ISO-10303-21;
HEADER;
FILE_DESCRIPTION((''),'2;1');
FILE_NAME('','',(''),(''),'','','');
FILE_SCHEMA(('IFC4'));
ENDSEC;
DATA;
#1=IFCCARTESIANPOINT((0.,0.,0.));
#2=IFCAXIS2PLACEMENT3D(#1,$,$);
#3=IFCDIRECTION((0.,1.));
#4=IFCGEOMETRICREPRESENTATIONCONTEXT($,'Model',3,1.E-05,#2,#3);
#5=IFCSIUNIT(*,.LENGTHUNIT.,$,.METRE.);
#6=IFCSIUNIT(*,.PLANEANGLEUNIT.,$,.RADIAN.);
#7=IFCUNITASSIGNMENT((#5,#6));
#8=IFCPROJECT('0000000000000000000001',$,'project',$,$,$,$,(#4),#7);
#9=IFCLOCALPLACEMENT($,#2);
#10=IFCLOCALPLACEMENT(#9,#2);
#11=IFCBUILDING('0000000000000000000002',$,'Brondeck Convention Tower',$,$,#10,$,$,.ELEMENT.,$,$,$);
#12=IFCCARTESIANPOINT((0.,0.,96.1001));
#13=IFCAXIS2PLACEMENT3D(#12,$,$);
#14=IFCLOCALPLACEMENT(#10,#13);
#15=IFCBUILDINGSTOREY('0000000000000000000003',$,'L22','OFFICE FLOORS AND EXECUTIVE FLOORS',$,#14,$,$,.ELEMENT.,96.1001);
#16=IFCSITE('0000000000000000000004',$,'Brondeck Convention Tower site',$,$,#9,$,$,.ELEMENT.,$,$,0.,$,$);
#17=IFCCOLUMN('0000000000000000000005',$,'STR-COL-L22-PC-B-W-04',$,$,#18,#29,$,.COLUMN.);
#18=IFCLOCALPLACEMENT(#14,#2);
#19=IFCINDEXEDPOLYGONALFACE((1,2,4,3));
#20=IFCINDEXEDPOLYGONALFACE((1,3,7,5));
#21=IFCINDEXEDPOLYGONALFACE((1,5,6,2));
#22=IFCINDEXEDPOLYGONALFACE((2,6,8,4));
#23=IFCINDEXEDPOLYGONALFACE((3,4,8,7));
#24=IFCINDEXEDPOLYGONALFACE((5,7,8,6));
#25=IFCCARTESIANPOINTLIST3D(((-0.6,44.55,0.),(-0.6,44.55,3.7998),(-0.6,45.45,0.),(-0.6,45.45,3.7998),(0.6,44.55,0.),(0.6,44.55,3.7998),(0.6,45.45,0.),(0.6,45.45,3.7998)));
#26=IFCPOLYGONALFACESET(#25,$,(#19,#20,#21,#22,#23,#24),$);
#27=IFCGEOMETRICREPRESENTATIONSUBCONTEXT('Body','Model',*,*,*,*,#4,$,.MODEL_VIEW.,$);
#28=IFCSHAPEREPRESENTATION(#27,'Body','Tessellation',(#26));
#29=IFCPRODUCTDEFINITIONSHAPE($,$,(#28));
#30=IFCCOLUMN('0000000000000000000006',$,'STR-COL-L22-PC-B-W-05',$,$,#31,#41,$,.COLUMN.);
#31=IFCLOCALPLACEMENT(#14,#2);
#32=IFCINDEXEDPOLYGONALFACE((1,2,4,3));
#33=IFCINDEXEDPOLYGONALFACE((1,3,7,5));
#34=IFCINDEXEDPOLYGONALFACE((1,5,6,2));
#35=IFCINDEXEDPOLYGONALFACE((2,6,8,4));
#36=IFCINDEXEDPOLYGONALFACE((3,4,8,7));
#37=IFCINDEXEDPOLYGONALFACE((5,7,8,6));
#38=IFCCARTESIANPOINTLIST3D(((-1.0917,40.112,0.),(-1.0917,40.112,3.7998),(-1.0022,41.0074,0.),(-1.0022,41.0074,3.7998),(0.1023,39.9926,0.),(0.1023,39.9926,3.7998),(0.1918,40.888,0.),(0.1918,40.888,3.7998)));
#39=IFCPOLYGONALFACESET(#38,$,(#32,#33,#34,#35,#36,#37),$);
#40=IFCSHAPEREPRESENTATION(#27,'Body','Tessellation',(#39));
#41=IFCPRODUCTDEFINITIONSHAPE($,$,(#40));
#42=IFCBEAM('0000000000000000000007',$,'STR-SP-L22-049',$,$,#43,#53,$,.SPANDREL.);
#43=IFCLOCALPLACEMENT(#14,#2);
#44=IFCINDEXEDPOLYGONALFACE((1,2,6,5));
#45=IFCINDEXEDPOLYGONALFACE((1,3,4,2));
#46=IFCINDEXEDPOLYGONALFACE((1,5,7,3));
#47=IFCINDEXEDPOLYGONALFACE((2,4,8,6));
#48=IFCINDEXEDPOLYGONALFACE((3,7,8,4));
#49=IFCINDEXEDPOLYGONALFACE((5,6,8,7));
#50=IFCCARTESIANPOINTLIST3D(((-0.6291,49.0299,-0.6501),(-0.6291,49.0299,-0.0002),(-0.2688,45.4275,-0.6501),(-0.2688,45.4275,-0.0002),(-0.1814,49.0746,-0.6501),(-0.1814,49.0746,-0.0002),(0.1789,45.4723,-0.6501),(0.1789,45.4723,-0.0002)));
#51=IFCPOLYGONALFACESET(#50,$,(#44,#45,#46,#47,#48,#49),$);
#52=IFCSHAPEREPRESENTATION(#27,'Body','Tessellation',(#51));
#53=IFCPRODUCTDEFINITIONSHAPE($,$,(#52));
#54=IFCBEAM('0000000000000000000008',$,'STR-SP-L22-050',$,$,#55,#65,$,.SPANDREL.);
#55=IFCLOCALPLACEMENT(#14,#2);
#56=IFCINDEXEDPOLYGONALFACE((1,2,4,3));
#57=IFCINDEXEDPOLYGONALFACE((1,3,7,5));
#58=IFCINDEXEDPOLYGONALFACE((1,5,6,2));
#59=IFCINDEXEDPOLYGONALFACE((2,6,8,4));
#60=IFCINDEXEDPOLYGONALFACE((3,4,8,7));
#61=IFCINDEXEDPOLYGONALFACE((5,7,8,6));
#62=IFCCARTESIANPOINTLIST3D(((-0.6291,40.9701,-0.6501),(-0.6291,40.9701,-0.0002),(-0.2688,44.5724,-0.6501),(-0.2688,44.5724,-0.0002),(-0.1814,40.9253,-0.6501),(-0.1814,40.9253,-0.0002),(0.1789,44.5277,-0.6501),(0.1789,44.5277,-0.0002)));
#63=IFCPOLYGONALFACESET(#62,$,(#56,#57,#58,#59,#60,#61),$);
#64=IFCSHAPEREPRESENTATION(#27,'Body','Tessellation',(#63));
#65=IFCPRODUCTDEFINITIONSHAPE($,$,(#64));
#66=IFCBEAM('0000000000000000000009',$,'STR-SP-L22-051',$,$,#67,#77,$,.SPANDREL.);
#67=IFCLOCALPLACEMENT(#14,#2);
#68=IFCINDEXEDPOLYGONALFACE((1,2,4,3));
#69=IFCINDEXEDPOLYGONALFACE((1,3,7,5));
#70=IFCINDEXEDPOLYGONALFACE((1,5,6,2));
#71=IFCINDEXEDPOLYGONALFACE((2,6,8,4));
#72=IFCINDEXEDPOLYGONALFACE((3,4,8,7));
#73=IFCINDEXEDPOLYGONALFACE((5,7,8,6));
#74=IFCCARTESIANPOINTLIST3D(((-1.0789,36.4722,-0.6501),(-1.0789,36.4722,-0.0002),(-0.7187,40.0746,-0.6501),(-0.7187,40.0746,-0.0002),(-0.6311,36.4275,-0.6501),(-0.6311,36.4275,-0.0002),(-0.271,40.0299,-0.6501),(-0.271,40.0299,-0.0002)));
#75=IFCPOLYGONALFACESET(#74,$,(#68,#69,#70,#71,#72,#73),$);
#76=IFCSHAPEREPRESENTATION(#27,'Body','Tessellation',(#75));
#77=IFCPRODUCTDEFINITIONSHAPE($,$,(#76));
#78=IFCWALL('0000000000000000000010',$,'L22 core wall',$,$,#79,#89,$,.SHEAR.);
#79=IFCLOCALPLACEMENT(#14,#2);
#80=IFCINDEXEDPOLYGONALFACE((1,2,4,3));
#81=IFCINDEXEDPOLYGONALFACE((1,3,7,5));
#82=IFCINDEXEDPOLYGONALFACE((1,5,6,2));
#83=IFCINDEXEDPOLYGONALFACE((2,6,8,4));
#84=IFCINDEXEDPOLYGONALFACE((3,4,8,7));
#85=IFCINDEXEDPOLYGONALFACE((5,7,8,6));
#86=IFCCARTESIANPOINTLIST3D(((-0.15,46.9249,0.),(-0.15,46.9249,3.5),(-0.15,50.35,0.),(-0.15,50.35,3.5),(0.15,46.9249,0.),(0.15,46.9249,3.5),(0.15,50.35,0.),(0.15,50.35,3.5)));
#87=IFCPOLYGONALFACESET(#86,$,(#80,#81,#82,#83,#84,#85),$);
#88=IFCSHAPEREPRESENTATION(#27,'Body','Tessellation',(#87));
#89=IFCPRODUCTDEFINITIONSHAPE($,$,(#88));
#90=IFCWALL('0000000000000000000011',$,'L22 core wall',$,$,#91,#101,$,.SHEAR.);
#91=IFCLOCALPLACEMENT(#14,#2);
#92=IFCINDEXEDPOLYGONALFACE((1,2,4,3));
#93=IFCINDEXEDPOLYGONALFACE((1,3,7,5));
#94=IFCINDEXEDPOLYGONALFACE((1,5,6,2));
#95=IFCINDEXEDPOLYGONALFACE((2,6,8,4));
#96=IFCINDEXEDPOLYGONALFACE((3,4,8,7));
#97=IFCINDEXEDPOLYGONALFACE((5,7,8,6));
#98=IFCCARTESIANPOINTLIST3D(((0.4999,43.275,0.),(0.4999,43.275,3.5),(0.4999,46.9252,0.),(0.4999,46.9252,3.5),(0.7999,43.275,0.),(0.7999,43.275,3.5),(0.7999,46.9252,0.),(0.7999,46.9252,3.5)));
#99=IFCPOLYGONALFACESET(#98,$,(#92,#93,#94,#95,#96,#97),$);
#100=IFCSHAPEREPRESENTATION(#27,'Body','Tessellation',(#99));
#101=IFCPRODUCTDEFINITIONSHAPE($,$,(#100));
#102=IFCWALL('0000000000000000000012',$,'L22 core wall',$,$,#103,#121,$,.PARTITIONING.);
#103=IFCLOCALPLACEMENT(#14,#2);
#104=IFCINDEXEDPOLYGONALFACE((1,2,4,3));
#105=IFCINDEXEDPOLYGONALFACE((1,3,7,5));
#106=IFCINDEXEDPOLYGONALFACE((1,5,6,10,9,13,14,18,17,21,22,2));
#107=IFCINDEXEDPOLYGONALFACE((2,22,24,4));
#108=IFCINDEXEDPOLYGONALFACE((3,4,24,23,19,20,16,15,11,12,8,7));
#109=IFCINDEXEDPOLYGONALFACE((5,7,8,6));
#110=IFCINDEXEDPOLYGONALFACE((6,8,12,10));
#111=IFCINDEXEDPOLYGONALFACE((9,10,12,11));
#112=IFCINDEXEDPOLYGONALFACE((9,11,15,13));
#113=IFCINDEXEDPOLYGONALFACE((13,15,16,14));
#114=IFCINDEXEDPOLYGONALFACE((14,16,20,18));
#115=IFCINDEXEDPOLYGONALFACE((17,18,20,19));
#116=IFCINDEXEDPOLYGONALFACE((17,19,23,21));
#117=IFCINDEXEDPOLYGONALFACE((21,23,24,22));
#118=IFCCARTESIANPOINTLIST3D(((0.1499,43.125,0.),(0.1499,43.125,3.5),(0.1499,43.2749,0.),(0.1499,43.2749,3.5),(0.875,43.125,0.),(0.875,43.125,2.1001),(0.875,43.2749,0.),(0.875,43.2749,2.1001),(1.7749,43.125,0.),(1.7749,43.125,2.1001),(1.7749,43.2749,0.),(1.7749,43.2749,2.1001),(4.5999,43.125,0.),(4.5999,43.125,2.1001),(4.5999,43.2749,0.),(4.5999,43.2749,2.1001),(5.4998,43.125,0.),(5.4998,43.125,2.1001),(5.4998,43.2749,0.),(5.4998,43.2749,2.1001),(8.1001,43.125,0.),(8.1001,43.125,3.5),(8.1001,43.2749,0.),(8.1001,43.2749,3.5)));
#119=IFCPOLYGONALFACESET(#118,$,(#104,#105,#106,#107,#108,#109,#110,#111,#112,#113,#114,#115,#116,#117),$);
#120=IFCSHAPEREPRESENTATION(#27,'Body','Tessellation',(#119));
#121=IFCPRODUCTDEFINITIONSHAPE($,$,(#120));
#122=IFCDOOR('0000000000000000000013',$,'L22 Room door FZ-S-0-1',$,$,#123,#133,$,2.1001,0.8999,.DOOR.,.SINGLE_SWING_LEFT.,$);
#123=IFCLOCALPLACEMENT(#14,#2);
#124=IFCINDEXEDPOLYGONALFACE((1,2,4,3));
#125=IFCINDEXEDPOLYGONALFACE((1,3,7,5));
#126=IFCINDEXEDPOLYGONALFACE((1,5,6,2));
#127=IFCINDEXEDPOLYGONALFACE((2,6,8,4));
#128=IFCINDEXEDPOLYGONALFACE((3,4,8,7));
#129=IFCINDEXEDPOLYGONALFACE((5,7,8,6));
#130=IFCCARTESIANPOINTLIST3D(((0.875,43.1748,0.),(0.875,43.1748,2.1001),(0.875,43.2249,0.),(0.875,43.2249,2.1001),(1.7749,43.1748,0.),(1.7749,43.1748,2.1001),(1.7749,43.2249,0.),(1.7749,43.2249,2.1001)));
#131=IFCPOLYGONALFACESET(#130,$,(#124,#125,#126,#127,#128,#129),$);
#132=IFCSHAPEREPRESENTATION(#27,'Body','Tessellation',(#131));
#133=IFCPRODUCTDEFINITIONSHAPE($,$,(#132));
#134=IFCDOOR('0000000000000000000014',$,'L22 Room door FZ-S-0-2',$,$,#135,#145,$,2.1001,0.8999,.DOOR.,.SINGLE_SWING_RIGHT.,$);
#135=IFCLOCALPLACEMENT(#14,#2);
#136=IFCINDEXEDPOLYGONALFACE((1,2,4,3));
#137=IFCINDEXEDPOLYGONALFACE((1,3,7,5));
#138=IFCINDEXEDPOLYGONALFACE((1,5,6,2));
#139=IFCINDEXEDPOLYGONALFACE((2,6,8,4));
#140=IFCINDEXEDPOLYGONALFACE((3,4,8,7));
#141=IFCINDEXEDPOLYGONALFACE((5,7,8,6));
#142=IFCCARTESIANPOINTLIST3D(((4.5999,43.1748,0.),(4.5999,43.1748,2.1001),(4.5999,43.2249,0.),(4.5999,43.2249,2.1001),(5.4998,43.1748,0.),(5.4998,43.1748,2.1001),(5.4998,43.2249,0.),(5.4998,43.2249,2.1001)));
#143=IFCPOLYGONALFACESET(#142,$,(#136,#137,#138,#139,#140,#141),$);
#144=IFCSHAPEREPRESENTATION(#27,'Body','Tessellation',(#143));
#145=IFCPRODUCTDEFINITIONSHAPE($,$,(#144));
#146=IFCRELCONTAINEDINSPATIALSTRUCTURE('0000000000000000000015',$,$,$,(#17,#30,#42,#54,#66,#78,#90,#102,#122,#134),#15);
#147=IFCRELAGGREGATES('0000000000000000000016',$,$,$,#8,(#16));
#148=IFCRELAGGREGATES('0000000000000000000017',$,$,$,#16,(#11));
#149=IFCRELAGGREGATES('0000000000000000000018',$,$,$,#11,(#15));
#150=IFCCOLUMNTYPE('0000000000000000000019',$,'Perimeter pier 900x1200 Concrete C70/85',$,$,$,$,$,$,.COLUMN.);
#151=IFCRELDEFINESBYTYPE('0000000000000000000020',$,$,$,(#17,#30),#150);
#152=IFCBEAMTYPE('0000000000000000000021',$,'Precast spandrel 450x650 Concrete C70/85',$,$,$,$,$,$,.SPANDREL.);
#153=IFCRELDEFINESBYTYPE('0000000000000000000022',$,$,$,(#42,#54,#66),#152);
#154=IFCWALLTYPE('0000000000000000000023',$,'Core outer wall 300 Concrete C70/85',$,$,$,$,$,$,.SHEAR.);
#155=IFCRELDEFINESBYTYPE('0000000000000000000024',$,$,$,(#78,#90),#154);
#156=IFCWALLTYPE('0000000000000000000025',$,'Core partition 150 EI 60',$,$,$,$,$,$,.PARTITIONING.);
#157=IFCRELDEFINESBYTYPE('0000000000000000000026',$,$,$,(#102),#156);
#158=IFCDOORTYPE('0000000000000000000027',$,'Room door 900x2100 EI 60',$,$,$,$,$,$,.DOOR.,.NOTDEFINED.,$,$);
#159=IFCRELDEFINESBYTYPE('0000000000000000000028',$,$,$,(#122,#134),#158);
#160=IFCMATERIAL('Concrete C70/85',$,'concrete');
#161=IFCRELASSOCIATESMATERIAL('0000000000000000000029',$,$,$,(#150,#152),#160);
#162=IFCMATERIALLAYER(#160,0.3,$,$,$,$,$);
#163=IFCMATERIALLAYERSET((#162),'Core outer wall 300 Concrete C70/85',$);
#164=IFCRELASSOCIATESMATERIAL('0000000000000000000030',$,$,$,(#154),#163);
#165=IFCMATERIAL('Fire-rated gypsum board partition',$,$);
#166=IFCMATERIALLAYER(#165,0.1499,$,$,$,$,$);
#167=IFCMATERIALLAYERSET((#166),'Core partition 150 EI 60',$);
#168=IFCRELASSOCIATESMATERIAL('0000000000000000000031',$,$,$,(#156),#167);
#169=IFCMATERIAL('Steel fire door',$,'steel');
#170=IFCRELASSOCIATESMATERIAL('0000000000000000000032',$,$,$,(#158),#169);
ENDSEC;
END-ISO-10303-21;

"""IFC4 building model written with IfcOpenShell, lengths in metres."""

from ifc_helpers import new_model, si_unit, direction, frame, frame_2d, origin, origin_2d, place, context, subcontext, project, spatial, rectangle, extrude, material, layer, layer_set, material_profile, profile_set, type_object, element, fill, save


model = new_model("IFC4")

# Units and contexts
model_context = context("Model", 3, precision=1e-05, world=origin(), true_north=direction((0.0, 1.0)))
body_context = subcontext(model_context, "Body", "Model", "MODEL_VIEW")
ifc_project = project(units=[si_unit("LENGTHUNIT", "METRE"), si_unit("PLANEANGLEUNIT", "RADIAN")], contexts=[model_context])

# Site, building, storey
site_placement = place(None, origin())
site = spatial("IfcSite", under=ifc_project, at=site_placement, Name="Brondeck Convention Tower site", CompositionType="ELEMENT", RefElevation=0.0)
building_placement = place(site_placement, origin())
building = spatial("IfcBuilding", under=site, at=building_placement, Name="Brondeck Convention Tower", CompositionType="ELEMENT")
storey_placement = place(building_placement, frame((0.0, 0.0, 96.1001)))
storey = spatial("IfcBuildingStorey", under=building, at=storey_placement, Name="L22", Description="OFFICE FLOORS AND EXECUTIVE FLOORS", CompositionType="ELEMENT", Elevation=96.1001)

# Columns
ifc_material_1 = material(Name="Concrete C70/85", Category="concrete")
ifc_material_profile_1 = material_profile(ifc_material_1, rectangle(XDim=0.8999, YDim=1.2, at=origin_2d()), Name="Perimeter pier 900x1200 Concrete C70/85")
ifc_profile_set_1 = profile_set([ifc_material_profile_1], Name="Concrete C70/85")
column_type = type_object("IfcColumnType", Name="Perimeter pier 900x1200 Concrete C70/85", PredefinedType="COLUMN", material=ifc_profile_set_1)
for number, where, z_axis, x_axis, name in (
    (1, (0.0, 45.0, 0.0), (0.0, 0.0, 1.0), (0.0, -1.0, 0.0), "STR-COL-L22-PC-B-W-04"),
    (2, (-0.45, 40.5, 0.0), (0.0, 0.0, 1.0), (-0.099504, -0.995037, 0.0), "STR-COL-L22-PC-B-W-05"),
):
    element("IfcColumn", number, at=place(storey_placement, frame(where, z_axis=z_axis, x_axis=x_axis)), inside=storey, type_object=column_type, Name=name, PredefinedType="COLUMN", context=body_context, shape_type="SweptSolid", body=[
        extrude(rectangle(XDim=0.8999, YDim=1.2, at=origin_2d()), origin(), (0.0, 0.0, 1.0), 3.7998),
    ])

# Beams
ifc_material_profile_2 = material_profile(ifc_material_1, rectangle(XDim=0.45, YDim=0.6499, at=origin_2d()), Name="Precast spandrel 450x650 Concrete C70/85")
ifc_profile_set_2 = profile_set([ifc_material_profile_2], Name="Concrete C70/85")
beam_type = type_object("IfcBeamType", Name="Precast spandrel 450x650 Concrete C70/85", PredefinedType="SPANDREL", material=ifc_profile_set_2)
for number, where, z_axis, x_axis, name in (
    (3, (-0.4053, 49.0522, -0.3252), (0.099537, -0.995034, 0.0), (0.995034, 0.099537, 0.0), "STR-SP-L22-049"),
    (4, (-0.0449, 44.55, -0.3252), (-0.099537, -0.995034, 0.0), (0.995034, -0.099537, 0.0), "STR-SP-L22-050"),
    (5, (-0.4949, 40.0522, -0.3252), (-0.09947, -0.995041, 0.0), (0.995041, -0.09947, 0.0), "STR-SP-L22-051"),
):
    element("IfcBeam", number, at=place(storey_placement, frame(where, z_axis=z_axis, x_axis=x_axis)), inside=storey, type_object=beam_type, Name=name, PredefinedType="SPANDREL", context=body_context, shape_type="SweptSolid", body=[
        extrude(rectangle(XDim=0.45, YDim=0.6499, at=origin_2d()), origin(), (0.0, 0.0, 1.0), 3.6204),
    ])

# Walls
ifc_layer_1 = layer(ifc_material_1, 0.3)
ifc_layer_set_1 = layer_set([ifc_layer_1], Name="Core outer wall 300 Concrete C70/85")
wall_type_1 = type_object("IfcWallType", Name="Core outer wall 300 Concrete C70/85", PredefinedType="SHEAR", material=ifc_layer_set_1)
wall_1_placement = place(storey_placement, frame((0.0, 46.925, 0.0), z_axis=(0.0, 0.0, 1.0), x_axis=(0.0, 1.0, 0.0)))
element("IfcWall", 6, at=wall_1_placement, inside=storey, type_object=wall_type_1, Name="L22 core wall", PredefinedType="SHEAR", context=body_context, shape_type="SweptSolid", body=[
    extrude(rectangle(XDim=3.425, YDim=0.3, at=frame_2d((1.7124, 0.0))), origin(), (0.0, 0.0, 1.0), 3.5),
])
wall_2_placement = place(storey_placement, frame((0.6499, 43.2749, 0.0), z_axis=(0.0, 0.0, 1.0), x_axis=(0.0, 1.0, 0.0)))
element("IfcWall", 7, at=wall_2_placement, inside=storey, type_object=wall_type_1, Name="L22 core wall", PredefinedType="SHEAR", context=body_context, shape_type="SweptSolid", body=[
    extrude(rectangle(XDim=3.6501, YDim=0.3, at=frame_2d((1.8252, 0.0))), origin(), (0.0, 0.0, 1.0), 3.5),
])

# Wall, openings, doors
ifc_material_2 = material(Name="Fire-rated gypsum board partition")
ifc_layer_2 = layer(ifc_material_2, 0.1499)
ifc_layer_set_2 = layer_set([ifc_layer_2], Name="Core partition 150 EI 60")
wall_type_2 = type_object("IfcWallType", Name="Core partition 150 EI 60", PredefinedType="PARTITIONING", material=ifc_layer_set_2)
wall_3_placement = place(storey_placement, frame((0.1499, 43.2, 0.0), z_axis=(0.0, 0.0, 1.0), x_axis=(1.0, 0.0, 0.0)))
wall_3 = element("IfcWall", 8, at=wall_3_placement, inside=storey, type_object=wall_type_2, Name="L22 core wall", PredefinedType="PARTITIONING", context=body_context, shape_type="SweptSolid", body=[
    extrude(rectangle(XDim=7.9502, YDim=0.1499, at=frame_2d((3.9751, 0.0))), origin(), (0.0, 0.0, 1.0), 3.5),
])
opening_1_placement = place(wall_3_placement, frame((0.7251, 0.0, 0.0)))
opening_1 = element("IfcOpeningElement", 9, at=opening_1_placement, cuts=wall_3, PredefinedType="OPENING", context=body_context, shape_type="SweptSolid", body=[
    extrude(rectangle(XDim=0.8999, YDim=2.1001, at=frame_2d((0.45, 1.05))), frame((0.0, 0.085, 0.0), z_axis=(0.0, -1.0, 0.0), x_axis=(1.0, 0.0, 0.0)), (0.0, 0.0, 1.0), 0.1699),
])
opening_2_placement = place(wall_3_placement, frame((4.45, 0.0, 0.0)))
opening_2 = element("IfcOpeningElement", 10, at=opening_2_placement, cuts=wall_3, PredefinedType="OPENING", context=body_context, shape_type="SweptSolid", body=[
    extrude(rectangle(XDim=0.8999, YDim=2.1001, at=frame_2d((0.45, 1.05))), frame((0.0, 0.085, 0.0), z_axis=(0.0, -1.0, 0.0), x_axis=(1.0, 0.0, 0.0)), (0.0, 0.0, 1.0), 0.1699),
])
ifc_material_3 = material(Name="Steel fire door", Category="steel")
door_type_1 = type_object("IfcDoorType", Name="Room door 900x2100 EI 60", OperationType="NOTDEFINED", PredefinedType="DOOR", material=ifc_material_3)
door_1_placement = place(opening_1_placement, origin())
door_1 = element("IfcDoor", 11, at=door_1_placement, inside=storey, type_object=door_type_1, Name="L22 Room door FZ-S-0-1", OperationType="SINGLE_SWING_LEFT", OverallHeight=2.1001, OverallWidth=0.8999, PredefinedType="DOOR", context=body_context, shape_type="SweptSolid", body=[
    extrude(rectangle(XDim=0.8999, YDim=2.1001, at=frame_2d((0.45, 1.05))), frame((0.0, 0.0249, 0.0), z_axis=(0.0, -1.0, 0.0), x_axis=(1.0, 0.0, 0.0)), (0.0, 0.0, 1.0), 0.05),
])
fill(opening_1, door_1)
door_2_placement = place(opening_2_placement, origin())
door_2 = element("IfcDoor", 12, at=door_2_placement, inside=storey, type_object=door_type_1, Name="L22 Room door FZ-S-0-2", OperationType="SINGLE_SWING_RIGHT", OverallHeight=2.1001, OverallWidth=0.8999, PredefinedType="DOOR", context=body_context, shape_type="SweptSolid", body=[
    extrude(rectangle(XDim=0.8999, YDim=2.1001, at=frame_2d((0.45, 1.05))), frame((0.0, 0.0249, 0.0), z_axis=(0.0, -1.0, 0.0), x_axis=(1.0, 0.0, 0.0)), (0.0, 0.0, 1.0), 0.05),
])
fill(opening_2, door_2)

save(model, "model.ifc")
